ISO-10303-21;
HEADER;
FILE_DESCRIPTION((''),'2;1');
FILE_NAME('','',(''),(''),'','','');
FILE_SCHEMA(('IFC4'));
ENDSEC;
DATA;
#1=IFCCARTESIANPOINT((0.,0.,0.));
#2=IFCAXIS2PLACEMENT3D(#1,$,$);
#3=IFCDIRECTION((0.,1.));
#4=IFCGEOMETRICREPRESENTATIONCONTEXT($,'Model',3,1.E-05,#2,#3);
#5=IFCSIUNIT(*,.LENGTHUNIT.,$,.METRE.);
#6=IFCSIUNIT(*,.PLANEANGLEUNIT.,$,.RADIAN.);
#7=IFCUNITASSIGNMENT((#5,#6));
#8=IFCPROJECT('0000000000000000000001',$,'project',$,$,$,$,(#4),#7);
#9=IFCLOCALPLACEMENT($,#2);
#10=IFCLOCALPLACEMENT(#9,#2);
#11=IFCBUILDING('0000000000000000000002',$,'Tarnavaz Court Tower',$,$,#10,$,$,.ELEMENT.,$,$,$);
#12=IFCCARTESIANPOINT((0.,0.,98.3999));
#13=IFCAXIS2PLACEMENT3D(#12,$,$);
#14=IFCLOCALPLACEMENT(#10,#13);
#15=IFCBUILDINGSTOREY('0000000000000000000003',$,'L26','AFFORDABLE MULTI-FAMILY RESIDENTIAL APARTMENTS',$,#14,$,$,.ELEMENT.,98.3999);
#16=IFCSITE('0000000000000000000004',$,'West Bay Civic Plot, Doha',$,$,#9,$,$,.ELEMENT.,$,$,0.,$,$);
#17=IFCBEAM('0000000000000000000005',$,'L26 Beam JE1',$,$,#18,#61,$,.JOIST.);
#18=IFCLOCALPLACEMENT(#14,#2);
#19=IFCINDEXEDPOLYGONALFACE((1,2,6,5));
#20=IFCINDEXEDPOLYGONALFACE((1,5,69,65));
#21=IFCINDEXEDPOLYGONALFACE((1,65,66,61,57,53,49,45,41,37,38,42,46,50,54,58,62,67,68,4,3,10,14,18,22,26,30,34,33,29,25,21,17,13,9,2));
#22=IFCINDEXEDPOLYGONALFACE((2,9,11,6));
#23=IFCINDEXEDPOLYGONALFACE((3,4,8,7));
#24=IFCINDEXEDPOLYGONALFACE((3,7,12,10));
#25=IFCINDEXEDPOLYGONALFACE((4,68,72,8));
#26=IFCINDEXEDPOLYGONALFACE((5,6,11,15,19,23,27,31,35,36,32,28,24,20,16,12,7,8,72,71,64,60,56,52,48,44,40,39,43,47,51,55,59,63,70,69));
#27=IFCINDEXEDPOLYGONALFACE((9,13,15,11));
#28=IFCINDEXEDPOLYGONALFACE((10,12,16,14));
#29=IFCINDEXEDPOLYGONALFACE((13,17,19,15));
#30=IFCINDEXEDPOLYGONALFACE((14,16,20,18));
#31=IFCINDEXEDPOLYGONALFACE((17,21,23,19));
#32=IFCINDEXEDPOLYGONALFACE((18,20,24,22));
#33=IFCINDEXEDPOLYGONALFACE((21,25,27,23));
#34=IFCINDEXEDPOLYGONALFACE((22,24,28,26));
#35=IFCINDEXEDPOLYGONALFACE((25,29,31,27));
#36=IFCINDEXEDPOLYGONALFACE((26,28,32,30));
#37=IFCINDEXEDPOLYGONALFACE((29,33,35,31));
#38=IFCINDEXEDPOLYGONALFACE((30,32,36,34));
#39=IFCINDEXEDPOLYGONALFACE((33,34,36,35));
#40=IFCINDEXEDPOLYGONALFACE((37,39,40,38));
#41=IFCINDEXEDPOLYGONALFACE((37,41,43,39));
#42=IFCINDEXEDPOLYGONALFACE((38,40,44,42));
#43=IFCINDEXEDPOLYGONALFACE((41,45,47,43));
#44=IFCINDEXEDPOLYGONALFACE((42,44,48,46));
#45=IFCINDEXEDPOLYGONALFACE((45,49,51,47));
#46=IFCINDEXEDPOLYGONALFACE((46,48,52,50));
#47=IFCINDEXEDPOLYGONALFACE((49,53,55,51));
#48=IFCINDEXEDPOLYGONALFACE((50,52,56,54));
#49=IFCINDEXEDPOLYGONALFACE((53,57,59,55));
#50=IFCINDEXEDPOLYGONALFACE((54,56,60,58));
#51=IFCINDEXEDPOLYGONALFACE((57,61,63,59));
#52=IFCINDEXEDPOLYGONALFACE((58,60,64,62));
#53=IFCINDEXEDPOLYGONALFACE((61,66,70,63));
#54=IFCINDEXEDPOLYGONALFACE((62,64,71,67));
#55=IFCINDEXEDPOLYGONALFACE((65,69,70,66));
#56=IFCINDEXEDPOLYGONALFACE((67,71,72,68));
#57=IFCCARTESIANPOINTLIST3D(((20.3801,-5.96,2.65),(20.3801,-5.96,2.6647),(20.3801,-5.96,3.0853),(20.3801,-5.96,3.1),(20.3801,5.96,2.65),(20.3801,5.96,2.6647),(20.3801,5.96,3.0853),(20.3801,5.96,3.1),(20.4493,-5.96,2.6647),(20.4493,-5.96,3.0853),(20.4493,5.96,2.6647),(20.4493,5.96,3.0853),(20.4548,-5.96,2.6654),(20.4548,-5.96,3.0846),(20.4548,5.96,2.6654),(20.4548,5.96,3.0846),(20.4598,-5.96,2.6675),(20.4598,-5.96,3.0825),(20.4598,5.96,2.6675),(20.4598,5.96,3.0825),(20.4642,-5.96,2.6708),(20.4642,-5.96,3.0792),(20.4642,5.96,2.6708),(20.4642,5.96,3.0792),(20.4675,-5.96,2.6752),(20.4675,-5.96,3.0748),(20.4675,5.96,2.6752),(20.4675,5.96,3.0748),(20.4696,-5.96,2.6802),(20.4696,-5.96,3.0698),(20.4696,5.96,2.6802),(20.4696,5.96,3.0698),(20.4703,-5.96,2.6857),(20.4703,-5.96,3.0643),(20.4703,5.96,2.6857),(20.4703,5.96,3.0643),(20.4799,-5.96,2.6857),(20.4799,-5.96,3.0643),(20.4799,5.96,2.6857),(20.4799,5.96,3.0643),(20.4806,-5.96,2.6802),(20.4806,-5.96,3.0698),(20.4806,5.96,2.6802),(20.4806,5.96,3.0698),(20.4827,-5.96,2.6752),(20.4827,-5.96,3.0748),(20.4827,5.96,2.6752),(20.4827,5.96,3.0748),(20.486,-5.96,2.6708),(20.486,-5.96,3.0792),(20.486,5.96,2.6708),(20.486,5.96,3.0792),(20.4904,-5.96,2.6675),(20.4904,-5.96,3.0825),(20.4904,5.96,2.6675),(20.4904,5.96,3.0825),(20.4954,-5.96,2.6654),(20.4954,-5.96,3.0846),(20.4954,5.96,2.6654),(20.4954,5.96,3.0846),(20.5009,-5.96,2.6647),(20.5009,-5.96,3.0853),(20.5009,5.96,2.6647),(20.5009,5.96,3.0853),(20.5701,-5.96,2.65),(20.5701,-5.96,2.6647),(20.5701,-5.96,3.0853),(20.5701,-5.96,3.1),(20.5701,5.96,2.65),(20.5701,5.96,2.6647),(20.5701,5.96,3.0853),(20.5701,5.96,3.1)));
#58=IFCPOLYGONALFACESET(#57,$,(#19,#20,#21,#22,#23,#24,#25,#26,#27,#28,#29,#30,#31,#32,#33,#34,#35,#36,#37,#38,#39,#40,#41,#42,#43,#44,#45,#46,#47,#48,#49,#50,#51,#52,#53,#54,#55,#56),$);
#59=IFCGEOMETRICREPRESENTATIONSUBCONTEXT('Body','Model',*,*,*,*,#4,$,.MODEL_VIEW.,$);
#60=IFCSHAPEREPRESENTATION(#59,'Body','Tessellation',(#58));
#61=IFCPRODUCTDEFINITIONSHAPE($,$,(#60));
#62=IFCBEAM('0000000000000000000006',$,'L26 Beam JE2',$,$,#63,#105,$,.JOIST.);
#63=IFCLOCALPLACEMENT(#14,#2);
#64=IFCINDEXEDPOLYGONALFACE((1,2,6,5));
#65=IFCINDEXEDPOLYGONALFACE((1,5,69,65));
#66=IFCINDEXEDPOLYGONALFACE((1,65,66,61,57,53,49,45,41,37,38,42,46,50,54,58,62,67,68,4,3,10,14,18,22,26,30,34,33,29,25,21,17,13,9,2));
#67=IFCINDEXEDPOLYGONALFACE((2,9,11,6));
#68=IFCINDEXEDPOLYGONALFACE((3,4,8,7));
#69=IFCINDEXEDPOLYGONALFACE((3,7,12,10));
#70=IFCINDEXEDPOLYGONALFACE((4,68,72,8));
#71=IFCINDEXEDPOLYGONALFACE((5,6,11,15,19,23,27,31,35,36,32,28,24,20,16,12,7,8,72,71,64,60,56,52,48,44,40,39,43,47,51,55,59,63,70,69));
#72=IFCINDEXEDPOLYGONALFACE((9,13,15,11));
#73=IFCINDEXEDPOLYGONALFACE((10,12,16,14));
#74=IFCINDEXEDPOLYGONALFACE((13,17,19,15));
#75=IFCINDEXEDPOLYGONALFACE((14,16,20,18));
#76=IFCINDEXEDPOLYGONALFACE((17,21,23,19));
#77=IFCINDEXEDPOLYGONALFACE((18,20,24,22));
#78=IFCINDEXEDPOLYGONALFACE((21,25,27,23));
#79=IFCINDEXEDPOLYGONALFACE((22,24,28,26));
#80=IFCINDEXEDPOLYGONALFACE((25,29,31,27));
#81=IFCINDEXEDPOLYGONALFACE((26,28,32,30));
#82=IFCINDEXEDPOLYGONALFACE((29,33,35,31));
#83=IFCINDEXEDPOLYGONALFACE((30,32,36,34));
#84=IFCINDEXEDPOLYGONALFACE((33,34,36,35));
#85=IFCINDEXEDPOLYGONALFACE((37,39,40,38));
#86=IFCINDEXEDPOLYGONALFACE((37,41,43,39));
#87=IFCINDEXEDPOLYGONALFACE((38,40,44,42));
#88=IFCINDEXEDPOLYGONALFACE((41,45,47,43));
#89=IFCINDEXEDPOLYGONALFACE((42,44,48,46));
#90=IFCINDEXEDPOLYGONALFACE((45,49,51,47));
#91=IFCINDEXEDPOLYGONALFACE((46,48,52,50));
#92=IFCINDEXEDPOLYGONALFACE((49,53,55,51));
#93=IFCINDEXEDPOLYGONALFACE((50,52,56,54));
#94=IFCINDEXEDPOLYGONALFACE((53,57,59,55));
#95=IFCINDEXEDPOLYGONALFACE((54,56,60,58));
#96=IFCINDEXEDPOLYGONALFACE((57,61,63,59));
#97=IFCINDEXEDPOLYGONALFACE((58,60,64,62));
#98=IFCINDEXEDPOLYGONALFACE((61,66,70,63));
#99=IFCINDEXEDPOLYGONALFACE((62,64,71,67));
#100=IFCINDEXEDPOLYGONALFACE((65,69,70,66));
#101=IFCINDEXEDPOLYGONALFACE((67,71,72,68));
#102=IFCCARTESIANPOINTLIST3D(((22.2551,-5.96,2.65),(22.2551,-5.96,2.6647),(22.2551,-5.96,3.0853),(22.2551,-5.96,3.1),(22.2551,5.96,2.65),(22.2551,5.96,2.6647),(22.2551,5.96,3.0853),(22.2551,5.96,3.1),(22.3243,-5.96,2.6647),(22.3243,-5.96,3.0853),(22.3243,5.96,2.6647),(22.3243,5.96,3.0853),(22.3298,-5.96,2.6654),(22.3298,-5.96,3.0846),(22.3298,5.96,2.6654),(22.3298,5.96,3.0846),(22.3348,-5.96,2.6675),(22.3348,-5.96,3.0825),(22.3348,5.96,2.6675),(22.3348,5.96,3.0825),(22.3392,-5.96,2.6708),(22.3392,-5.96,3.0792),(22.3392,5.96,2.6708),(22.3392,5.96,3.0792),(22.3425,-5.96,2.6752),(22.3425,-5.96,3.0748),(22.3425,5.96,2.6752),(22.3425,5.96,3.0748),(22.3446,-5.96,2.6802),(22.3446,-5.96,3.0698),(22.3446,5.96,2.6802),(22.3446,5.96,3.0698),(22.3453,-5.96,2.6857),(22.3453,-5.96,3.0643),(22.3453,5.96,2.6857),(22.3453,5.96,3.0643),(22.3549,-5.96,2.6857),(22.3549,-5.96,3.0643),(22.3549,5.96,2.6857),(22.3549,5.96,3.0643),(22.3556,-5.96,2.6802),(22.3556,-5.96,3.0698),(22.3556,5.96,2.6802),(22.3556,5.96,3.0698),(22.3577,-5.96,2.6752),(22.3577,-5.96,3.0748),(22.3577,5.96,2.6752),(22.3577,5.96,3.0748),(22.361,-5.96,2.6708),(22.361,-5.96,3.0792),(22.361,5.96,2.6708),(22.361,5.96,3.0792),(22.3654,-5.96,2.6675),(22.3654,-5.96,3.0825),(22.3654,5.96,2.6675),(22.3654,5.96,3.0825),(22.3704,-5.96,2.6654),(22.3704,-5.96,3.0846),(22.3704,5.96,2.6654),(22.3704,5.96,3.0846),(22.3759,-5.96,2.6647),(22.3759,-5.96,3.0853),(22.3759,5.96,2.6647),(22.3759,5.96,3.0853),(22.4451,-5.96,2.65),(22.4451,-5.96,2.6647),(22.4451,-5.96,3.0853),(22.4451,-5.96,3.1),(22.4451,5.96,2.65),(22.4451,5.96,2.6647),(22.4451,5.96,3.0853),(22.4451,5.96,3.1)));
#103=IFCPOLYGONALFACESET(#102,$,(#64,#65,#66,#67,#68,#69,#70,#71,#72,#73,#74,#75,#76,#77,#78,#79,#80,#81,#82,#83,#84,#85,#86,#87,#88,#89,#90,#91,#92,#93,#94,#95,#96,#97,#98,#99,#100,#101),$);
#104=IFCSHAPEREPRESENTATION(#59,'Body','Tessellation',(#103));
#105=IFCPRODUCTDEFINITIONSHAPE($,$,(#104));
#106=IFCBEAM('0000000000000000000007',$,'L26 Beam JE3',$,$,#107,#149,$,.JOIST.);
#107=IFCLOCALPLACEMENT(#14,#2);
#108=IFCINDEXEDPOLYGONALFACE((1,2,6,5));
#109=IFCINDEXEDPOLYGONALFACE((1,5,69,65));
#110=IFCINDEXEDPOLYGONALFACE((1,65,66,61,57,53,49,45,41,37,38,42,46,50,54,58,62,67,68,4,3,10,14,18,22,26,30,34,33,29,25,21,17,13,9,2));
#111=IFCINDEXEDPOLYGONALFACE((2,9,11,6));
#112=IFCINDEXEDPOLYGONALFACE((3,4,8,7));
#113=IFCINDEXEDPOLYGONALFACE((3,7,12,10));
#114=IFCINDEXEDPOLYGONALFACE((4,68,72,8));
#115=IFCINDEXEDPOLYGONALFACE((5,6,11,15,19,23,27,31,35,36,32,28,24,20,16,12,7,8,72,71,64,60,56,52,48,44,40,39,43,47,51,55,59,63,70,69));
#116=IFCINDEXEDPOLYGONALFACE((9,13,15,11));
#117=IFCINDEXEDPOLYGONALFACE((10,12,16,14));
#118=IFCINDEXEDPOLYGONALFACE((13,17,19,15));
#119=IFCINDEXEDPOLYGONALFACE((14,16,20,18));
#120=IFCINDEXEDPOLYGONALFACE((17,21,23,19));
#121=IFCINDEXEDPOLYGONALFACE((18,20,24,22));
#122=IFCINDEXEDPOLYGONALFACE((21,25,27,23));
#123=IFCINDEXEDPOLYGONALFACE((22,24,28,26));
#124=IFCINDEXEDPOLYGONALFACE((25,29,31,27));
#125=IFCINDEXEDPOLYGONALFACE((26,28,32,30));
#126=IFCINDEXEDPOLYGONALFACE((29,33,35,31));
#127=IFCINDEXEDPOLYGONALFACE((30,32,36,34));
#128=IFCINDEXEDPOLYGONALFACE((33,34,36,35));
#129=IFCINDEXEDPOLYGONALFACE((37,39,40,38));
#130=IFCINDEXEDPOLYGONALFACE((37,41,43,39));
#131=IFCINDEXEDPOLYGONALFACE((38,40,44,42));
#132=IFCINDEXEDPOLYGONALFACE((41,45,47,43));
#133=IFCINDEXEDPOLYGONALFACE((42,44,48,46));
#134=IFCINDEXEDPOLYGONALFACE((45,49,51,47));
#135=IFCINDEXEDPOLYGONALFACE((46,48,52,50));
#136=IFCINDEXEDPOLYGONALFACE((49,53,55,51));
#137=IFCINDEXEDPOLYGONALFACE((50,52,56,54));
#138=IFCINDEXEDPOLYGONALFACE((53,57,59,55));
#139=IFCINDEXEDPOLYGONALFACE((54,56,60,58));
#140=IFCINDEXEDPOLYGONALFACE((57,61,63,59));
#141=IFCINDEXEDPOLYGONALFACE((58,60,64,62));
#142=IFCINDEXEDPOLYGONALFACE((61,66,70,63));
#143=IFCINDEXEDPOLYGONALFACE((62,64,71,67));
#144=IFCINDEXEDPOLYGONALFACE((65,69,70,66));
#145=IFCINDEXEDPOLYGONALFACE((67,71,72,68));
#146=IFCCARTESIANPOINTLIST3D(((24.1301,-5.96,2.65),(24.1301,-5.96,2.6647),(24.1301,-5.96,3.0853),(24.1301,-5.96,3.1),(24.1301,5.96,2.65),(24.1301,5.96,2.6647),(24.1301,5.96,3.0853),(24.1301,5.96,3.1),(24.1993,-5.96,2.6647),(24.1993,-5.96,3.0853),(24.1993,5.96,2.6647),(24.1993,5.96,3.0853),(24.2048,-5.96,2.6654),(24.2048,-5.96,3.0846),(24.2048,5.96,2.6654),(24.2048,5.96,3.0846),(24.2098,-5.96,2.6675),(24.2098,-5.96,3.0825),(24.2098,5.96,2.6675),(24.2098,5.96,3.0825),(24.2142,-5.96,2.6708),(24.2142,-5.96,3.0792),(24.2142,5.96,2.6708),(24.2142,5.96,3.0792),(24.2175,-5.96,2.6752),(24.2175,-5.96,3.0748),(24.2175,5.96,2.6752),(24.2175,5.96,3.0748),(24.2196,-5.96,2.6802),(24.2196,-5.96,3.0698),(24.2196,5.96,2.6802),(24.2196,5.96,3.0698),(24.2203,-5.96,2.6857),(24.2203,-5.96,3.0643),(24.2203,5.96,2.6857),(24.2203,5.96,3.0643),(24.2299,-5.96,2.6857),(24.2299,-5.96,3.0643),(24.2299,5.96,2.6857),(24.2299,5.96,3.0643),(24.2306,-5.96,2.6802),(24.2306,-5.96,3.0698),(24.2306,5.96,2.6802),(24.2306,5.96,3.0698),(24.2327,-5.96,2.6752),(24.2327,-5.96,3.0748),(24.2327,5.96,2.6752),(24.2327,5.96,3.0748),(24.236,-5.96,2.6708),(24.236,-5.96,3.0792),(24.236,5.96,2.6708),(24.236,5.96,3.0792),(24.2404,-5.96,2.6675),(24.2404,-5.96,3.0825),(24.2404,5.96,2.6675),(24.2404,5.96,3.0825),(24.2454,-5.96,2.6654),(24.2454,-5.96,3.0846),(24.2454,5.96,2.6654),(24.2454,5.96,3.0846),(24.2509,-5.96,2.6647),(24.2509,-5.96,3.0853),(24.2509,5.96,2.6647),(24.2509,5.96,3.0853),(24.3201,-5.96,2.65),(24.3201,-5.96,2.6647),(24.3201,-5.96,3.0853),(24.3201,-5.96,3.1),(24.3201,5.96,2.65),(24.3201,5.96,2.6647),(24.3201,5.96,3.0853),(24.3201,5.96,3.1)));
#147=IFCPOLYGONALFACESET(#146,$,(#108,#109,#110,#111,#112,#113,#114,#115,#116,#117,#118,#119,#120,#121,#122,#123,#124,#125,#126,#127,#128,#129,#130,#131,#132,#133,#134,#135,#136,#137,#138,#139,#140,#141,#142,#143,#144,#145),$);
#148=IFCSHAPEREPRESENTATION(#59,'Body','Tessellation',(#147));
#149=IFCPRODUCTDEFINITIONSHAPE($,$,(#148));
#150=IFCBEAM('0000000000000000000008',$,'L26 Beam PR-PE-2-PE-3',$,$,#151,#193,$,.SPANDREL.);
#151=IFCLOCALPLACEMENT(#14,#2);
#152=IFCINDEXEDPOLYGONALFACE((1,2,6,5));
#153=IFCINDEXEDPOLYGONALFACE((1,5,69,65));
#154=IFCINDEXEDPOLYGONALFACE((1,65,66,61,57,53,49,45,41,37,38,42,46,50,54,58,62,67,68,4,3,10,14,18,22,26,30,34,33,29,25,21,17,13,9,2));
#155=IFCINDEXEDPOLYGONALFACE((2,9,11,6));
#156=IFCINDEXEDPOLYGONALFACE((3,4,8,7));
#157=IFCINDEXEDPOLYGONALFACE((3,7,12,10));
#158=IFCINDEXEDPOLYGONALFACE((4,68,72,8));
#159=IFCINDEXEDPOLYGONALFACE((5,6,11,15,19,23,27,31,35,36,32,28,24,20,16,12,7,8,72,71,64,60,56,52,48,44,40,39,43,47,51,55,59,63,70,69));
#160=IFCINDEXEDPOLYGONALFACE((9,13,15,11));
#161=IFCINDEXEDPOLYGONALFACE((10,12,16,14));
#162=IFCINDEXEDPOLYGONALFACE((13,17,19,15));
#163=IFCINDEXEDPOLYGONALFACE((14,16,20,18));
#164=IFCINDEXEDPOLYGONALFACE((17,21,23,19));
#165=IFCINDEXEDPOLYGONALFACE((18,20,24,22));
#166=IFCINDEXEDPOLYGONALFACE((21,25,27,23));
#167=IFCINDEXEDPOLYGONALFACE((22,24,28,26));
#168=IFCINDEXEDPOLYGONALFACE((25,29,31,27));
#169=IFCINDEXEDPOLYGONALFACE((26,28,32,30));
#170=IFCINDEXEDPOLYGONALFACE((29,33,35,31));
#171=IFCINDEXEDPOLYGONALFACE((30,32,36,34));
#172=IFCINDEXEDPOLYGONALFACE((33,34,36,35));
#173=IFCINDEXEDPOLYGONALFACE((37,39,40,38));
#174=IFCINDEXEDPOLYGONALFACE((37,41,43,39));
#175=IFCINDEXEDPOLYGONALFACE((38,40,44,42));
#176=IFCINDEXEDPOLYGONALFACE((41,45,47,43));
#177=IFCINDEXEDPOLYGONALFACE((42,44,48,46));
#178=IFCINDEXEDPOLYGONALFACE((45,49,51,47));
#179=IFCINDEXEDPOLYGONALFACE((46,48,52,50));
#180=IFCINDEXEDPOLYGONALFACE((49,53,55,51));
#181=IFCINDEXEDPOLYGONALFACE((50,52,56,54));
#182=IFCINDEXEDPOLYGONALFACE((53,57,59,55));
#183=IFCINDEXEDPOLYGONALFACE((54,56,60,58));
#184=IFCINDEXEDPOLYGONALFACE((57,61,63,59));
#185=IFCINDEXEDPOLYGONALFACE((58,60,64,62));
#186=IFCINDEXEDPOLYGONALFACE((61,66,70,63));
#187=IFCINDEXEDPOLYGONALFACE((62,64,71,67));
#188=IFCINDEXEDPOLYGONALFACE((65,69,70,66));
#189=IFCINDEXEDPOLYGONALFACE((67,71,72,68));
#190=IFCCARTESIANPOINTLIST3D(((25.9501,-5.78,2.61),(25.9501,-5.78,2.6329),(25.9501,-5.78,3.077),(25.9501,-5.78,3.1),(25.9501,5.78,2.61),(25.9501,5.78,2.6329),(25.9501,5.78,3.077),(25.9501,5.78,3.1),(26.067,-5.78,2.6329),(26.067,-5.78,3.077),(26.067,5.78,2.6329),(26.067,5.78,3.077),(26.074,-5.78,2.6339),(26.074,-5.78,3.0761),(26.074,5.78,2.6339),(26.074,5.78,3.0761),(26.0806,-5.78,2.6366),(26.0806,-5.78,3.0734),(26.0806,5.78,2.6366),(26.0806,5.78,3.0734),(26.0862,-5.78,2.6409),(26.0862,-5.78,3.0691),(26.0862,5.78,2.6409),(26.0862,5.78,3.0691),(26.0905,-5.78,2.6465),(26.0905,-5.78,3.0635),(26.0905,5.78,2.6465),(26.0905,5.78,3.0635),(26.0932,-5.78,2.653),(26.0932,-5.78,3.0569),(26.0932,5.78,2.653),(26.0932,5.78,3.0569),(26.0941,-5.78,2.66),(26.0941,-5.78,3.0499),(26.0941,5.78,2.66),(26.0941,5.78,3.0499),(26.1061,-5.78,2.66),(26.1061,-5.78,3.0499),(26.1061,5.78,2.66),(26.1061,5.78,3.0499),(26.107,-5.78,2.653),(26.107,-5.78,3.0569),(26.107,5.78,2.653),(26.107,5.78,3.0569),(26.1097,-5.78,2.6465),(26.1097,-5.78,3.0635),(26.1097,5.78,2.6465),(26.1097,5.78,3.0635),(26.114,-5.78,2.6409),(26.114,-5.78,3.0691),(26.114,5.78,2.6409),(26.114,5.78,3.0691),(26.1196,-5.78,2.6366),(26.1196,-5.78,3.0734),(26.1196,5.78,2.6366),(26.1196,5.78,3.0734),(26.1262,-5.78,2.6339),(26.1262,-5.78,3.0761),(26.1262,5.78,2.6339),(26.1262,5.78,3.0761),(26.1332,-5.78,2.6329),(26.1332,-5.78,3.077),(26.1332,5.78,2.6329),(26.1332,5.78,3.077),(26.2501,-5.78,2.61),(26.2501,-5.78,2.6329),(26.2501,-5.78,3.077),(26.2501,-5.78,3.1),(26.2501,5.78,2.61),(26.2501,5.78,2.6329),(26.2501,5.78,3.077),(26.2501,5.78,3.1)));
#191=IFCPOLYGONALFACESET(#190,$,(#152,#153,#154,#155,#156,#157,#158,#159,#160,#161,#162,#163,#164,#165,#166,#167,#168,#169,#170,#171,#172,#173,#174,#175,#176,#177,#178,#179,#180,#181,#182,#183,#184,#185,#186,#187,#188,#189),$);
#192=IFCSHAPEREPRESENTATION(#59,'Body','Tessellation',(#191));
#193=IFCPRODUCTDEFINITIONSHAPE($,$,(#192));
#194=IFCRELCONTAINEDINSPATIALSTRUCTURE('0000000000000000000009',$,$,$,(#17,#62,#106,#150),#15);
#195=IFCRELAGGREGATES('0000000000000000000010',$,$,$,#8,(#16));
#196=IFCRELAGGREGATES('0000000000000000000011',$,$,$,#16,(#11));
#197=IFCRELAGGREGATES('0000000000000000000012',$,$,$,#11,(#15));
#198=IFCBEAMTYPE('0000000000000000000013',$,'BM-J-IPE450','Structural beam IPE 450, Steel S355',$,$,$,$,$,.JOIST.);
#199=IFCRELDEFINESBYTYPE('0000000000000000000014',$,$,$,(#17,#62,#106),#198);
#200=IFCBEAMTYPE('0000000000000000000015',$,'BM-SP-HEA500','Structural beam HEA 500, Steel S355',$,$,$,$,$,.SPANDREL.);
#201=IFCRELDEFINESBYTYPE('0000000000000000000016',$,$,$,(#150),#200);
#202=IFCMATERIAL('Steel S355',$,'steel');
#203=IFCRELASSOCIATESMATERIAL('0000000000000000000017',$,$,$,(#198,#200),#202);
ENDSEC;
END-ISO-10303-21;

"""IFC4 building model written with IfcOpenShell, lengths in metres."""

from ifc_helpers import new_model, si_unit, direction, frame, origin, origin_2d, place, context, subcontext, project, spatial, i_section, extrude, material, material_profile, profile_set, type_object, element, save


model = new_model("IFC4")

# Units and contexts
model_context = context("Model", 3, precision=1e-05, world=origin(), true_north=direction((0.0, 1.0)))
body_context = subcontext(model_context, "Body", "Model", "MODEL_VIEW")
ifc_project = project(units=[si_unit("LENGTHUNIT", "METRE"), si_unit("PLANEANGLEUNIT", "RADIAN")], contexts=[model_context])

# Site, building, storey
site_placement = place(None, origin())
site = spatial("IfcSite", under=ifc_project, at=site_placement, Name="West Bay Civic Plot, Doha", CompositionType="ELEMENT", RefElevation=0.0)
building_placement = place(site_placement, origin())
building = spatial("IfcBuilding", under=site, at=building_placement, Name="Tarnavaz Court Tower", CompositionType="ELEMENT")
storey_placement = place(building_placement, frame((0.0, 0.0, 98.3999)))
storey = spatial("IfcBuildingStorey", under=building, at=storey_placement, Name="L26", Description="AFFORDABLE MULTI-FAMILY RESIDENTIAL APARTMENTS", CompositionType="ELEMENT", Elevation=98.3999)

# Beams
ifc_material_1 = material(Name="Steel S355", Category="steel")
ifc_material_profile_1 = material_profile(ifc_material_1, i_section(OverallWidth=0.1899, OverallDepth=0.45, WebThickness=0.0095, FlangeThickness=0.0146, FilletRadius=0.021, at=origin_2d()), Name="IPE 450")
ifc_profile_set_1 = profile_set([ifc_material_profile_1], Name="Steel S355")
beam_type_1 = type_object("IfcBeamType", Name="BM-J-IPE450", Description="Structural beam IPE 450, Steel S355", PredefinedType="JOIST", material=ifc_profile_set_1)
for number, where, z_axis, x_axis, name in (
    (1, (20.4751, -5.96, 2.875), (0.0, 1.0, 0.0), (-1.0, 0.0, 0.0), "L26 Beam JE1"),
    (2, (22.3501, -5.96, 2.875), (0.0, 1.0, 0.0), (-1.0, 0.0, 0.0), "L26 Beam JE2"),
    (3, (24.2251, -5.96, 2.875), (0.0, 1.0, 0.0), (-1.0, 0.0, 0.0), "L26 Beam JE3"),
):
    element("IfcBeam", number, at=place(storey_placement, frame(where, z_axis=z_axis, x_axis=x_axis)), inside=storey, type_object=beam_type_1, Name=name, PredefinedType="JOIST", context=body_context, shape_type="SweptSolid", body=[
        extrude(i_section(OverallWidth=0.1899, OverallDepth=0.45, WebThickness=0.0095, FlangeThickness=0.0146, FilletRadius=0.021, at=origin_2d()), origin(), (0.0, 0.0, 1.0), 11.9199),
    ])
ifc_material_profile_2 = material_profile(ifc_material_1, i_section(OverallWidth=0.3, OverallDepth=0.49, WebThickness=0.012, FlangeThickness=0.0229, FilletRadius=0.0271, at=origin_2d()), Name="HEA 500")
ifc_profile_set_2 = profile_set([ifc_material_profile_2], Name="Steel S355")
beam_type_2 = type_object("IfcBeamType", Name="BM-SP-HEA500", Description="Structural beam HEA 500, Steel S355", PredefinedType="SPANDREL", material=ifc_profile_set_2)
beam_1_placement = place(storey_placement, frame((26.1001, -5.78, 2.855), z_axis=(0.0, 1.0, 0.0), x_axis=(-1.0, 0.0, 0.0)))
element("IfcBeam", 4, at=beam_1_placement, inside=storey, type_object=beam_type_2, Name="L26 Beam PR-PE-2-PE-3", PredefinedType="SPANDREL", context=body_context, shape_type="SweptSolid", body=[
    extrude(i_section(OverallWidth=0.3, OverallDepth=0.49, WebThickness=0.012, FlangeThickness=0.0229, FilletRadius=0.0271, at=origin_2d()), origin(), (0.0, 0.0, 1.0), 11.5601),
])

save(model, "model.ifc")
